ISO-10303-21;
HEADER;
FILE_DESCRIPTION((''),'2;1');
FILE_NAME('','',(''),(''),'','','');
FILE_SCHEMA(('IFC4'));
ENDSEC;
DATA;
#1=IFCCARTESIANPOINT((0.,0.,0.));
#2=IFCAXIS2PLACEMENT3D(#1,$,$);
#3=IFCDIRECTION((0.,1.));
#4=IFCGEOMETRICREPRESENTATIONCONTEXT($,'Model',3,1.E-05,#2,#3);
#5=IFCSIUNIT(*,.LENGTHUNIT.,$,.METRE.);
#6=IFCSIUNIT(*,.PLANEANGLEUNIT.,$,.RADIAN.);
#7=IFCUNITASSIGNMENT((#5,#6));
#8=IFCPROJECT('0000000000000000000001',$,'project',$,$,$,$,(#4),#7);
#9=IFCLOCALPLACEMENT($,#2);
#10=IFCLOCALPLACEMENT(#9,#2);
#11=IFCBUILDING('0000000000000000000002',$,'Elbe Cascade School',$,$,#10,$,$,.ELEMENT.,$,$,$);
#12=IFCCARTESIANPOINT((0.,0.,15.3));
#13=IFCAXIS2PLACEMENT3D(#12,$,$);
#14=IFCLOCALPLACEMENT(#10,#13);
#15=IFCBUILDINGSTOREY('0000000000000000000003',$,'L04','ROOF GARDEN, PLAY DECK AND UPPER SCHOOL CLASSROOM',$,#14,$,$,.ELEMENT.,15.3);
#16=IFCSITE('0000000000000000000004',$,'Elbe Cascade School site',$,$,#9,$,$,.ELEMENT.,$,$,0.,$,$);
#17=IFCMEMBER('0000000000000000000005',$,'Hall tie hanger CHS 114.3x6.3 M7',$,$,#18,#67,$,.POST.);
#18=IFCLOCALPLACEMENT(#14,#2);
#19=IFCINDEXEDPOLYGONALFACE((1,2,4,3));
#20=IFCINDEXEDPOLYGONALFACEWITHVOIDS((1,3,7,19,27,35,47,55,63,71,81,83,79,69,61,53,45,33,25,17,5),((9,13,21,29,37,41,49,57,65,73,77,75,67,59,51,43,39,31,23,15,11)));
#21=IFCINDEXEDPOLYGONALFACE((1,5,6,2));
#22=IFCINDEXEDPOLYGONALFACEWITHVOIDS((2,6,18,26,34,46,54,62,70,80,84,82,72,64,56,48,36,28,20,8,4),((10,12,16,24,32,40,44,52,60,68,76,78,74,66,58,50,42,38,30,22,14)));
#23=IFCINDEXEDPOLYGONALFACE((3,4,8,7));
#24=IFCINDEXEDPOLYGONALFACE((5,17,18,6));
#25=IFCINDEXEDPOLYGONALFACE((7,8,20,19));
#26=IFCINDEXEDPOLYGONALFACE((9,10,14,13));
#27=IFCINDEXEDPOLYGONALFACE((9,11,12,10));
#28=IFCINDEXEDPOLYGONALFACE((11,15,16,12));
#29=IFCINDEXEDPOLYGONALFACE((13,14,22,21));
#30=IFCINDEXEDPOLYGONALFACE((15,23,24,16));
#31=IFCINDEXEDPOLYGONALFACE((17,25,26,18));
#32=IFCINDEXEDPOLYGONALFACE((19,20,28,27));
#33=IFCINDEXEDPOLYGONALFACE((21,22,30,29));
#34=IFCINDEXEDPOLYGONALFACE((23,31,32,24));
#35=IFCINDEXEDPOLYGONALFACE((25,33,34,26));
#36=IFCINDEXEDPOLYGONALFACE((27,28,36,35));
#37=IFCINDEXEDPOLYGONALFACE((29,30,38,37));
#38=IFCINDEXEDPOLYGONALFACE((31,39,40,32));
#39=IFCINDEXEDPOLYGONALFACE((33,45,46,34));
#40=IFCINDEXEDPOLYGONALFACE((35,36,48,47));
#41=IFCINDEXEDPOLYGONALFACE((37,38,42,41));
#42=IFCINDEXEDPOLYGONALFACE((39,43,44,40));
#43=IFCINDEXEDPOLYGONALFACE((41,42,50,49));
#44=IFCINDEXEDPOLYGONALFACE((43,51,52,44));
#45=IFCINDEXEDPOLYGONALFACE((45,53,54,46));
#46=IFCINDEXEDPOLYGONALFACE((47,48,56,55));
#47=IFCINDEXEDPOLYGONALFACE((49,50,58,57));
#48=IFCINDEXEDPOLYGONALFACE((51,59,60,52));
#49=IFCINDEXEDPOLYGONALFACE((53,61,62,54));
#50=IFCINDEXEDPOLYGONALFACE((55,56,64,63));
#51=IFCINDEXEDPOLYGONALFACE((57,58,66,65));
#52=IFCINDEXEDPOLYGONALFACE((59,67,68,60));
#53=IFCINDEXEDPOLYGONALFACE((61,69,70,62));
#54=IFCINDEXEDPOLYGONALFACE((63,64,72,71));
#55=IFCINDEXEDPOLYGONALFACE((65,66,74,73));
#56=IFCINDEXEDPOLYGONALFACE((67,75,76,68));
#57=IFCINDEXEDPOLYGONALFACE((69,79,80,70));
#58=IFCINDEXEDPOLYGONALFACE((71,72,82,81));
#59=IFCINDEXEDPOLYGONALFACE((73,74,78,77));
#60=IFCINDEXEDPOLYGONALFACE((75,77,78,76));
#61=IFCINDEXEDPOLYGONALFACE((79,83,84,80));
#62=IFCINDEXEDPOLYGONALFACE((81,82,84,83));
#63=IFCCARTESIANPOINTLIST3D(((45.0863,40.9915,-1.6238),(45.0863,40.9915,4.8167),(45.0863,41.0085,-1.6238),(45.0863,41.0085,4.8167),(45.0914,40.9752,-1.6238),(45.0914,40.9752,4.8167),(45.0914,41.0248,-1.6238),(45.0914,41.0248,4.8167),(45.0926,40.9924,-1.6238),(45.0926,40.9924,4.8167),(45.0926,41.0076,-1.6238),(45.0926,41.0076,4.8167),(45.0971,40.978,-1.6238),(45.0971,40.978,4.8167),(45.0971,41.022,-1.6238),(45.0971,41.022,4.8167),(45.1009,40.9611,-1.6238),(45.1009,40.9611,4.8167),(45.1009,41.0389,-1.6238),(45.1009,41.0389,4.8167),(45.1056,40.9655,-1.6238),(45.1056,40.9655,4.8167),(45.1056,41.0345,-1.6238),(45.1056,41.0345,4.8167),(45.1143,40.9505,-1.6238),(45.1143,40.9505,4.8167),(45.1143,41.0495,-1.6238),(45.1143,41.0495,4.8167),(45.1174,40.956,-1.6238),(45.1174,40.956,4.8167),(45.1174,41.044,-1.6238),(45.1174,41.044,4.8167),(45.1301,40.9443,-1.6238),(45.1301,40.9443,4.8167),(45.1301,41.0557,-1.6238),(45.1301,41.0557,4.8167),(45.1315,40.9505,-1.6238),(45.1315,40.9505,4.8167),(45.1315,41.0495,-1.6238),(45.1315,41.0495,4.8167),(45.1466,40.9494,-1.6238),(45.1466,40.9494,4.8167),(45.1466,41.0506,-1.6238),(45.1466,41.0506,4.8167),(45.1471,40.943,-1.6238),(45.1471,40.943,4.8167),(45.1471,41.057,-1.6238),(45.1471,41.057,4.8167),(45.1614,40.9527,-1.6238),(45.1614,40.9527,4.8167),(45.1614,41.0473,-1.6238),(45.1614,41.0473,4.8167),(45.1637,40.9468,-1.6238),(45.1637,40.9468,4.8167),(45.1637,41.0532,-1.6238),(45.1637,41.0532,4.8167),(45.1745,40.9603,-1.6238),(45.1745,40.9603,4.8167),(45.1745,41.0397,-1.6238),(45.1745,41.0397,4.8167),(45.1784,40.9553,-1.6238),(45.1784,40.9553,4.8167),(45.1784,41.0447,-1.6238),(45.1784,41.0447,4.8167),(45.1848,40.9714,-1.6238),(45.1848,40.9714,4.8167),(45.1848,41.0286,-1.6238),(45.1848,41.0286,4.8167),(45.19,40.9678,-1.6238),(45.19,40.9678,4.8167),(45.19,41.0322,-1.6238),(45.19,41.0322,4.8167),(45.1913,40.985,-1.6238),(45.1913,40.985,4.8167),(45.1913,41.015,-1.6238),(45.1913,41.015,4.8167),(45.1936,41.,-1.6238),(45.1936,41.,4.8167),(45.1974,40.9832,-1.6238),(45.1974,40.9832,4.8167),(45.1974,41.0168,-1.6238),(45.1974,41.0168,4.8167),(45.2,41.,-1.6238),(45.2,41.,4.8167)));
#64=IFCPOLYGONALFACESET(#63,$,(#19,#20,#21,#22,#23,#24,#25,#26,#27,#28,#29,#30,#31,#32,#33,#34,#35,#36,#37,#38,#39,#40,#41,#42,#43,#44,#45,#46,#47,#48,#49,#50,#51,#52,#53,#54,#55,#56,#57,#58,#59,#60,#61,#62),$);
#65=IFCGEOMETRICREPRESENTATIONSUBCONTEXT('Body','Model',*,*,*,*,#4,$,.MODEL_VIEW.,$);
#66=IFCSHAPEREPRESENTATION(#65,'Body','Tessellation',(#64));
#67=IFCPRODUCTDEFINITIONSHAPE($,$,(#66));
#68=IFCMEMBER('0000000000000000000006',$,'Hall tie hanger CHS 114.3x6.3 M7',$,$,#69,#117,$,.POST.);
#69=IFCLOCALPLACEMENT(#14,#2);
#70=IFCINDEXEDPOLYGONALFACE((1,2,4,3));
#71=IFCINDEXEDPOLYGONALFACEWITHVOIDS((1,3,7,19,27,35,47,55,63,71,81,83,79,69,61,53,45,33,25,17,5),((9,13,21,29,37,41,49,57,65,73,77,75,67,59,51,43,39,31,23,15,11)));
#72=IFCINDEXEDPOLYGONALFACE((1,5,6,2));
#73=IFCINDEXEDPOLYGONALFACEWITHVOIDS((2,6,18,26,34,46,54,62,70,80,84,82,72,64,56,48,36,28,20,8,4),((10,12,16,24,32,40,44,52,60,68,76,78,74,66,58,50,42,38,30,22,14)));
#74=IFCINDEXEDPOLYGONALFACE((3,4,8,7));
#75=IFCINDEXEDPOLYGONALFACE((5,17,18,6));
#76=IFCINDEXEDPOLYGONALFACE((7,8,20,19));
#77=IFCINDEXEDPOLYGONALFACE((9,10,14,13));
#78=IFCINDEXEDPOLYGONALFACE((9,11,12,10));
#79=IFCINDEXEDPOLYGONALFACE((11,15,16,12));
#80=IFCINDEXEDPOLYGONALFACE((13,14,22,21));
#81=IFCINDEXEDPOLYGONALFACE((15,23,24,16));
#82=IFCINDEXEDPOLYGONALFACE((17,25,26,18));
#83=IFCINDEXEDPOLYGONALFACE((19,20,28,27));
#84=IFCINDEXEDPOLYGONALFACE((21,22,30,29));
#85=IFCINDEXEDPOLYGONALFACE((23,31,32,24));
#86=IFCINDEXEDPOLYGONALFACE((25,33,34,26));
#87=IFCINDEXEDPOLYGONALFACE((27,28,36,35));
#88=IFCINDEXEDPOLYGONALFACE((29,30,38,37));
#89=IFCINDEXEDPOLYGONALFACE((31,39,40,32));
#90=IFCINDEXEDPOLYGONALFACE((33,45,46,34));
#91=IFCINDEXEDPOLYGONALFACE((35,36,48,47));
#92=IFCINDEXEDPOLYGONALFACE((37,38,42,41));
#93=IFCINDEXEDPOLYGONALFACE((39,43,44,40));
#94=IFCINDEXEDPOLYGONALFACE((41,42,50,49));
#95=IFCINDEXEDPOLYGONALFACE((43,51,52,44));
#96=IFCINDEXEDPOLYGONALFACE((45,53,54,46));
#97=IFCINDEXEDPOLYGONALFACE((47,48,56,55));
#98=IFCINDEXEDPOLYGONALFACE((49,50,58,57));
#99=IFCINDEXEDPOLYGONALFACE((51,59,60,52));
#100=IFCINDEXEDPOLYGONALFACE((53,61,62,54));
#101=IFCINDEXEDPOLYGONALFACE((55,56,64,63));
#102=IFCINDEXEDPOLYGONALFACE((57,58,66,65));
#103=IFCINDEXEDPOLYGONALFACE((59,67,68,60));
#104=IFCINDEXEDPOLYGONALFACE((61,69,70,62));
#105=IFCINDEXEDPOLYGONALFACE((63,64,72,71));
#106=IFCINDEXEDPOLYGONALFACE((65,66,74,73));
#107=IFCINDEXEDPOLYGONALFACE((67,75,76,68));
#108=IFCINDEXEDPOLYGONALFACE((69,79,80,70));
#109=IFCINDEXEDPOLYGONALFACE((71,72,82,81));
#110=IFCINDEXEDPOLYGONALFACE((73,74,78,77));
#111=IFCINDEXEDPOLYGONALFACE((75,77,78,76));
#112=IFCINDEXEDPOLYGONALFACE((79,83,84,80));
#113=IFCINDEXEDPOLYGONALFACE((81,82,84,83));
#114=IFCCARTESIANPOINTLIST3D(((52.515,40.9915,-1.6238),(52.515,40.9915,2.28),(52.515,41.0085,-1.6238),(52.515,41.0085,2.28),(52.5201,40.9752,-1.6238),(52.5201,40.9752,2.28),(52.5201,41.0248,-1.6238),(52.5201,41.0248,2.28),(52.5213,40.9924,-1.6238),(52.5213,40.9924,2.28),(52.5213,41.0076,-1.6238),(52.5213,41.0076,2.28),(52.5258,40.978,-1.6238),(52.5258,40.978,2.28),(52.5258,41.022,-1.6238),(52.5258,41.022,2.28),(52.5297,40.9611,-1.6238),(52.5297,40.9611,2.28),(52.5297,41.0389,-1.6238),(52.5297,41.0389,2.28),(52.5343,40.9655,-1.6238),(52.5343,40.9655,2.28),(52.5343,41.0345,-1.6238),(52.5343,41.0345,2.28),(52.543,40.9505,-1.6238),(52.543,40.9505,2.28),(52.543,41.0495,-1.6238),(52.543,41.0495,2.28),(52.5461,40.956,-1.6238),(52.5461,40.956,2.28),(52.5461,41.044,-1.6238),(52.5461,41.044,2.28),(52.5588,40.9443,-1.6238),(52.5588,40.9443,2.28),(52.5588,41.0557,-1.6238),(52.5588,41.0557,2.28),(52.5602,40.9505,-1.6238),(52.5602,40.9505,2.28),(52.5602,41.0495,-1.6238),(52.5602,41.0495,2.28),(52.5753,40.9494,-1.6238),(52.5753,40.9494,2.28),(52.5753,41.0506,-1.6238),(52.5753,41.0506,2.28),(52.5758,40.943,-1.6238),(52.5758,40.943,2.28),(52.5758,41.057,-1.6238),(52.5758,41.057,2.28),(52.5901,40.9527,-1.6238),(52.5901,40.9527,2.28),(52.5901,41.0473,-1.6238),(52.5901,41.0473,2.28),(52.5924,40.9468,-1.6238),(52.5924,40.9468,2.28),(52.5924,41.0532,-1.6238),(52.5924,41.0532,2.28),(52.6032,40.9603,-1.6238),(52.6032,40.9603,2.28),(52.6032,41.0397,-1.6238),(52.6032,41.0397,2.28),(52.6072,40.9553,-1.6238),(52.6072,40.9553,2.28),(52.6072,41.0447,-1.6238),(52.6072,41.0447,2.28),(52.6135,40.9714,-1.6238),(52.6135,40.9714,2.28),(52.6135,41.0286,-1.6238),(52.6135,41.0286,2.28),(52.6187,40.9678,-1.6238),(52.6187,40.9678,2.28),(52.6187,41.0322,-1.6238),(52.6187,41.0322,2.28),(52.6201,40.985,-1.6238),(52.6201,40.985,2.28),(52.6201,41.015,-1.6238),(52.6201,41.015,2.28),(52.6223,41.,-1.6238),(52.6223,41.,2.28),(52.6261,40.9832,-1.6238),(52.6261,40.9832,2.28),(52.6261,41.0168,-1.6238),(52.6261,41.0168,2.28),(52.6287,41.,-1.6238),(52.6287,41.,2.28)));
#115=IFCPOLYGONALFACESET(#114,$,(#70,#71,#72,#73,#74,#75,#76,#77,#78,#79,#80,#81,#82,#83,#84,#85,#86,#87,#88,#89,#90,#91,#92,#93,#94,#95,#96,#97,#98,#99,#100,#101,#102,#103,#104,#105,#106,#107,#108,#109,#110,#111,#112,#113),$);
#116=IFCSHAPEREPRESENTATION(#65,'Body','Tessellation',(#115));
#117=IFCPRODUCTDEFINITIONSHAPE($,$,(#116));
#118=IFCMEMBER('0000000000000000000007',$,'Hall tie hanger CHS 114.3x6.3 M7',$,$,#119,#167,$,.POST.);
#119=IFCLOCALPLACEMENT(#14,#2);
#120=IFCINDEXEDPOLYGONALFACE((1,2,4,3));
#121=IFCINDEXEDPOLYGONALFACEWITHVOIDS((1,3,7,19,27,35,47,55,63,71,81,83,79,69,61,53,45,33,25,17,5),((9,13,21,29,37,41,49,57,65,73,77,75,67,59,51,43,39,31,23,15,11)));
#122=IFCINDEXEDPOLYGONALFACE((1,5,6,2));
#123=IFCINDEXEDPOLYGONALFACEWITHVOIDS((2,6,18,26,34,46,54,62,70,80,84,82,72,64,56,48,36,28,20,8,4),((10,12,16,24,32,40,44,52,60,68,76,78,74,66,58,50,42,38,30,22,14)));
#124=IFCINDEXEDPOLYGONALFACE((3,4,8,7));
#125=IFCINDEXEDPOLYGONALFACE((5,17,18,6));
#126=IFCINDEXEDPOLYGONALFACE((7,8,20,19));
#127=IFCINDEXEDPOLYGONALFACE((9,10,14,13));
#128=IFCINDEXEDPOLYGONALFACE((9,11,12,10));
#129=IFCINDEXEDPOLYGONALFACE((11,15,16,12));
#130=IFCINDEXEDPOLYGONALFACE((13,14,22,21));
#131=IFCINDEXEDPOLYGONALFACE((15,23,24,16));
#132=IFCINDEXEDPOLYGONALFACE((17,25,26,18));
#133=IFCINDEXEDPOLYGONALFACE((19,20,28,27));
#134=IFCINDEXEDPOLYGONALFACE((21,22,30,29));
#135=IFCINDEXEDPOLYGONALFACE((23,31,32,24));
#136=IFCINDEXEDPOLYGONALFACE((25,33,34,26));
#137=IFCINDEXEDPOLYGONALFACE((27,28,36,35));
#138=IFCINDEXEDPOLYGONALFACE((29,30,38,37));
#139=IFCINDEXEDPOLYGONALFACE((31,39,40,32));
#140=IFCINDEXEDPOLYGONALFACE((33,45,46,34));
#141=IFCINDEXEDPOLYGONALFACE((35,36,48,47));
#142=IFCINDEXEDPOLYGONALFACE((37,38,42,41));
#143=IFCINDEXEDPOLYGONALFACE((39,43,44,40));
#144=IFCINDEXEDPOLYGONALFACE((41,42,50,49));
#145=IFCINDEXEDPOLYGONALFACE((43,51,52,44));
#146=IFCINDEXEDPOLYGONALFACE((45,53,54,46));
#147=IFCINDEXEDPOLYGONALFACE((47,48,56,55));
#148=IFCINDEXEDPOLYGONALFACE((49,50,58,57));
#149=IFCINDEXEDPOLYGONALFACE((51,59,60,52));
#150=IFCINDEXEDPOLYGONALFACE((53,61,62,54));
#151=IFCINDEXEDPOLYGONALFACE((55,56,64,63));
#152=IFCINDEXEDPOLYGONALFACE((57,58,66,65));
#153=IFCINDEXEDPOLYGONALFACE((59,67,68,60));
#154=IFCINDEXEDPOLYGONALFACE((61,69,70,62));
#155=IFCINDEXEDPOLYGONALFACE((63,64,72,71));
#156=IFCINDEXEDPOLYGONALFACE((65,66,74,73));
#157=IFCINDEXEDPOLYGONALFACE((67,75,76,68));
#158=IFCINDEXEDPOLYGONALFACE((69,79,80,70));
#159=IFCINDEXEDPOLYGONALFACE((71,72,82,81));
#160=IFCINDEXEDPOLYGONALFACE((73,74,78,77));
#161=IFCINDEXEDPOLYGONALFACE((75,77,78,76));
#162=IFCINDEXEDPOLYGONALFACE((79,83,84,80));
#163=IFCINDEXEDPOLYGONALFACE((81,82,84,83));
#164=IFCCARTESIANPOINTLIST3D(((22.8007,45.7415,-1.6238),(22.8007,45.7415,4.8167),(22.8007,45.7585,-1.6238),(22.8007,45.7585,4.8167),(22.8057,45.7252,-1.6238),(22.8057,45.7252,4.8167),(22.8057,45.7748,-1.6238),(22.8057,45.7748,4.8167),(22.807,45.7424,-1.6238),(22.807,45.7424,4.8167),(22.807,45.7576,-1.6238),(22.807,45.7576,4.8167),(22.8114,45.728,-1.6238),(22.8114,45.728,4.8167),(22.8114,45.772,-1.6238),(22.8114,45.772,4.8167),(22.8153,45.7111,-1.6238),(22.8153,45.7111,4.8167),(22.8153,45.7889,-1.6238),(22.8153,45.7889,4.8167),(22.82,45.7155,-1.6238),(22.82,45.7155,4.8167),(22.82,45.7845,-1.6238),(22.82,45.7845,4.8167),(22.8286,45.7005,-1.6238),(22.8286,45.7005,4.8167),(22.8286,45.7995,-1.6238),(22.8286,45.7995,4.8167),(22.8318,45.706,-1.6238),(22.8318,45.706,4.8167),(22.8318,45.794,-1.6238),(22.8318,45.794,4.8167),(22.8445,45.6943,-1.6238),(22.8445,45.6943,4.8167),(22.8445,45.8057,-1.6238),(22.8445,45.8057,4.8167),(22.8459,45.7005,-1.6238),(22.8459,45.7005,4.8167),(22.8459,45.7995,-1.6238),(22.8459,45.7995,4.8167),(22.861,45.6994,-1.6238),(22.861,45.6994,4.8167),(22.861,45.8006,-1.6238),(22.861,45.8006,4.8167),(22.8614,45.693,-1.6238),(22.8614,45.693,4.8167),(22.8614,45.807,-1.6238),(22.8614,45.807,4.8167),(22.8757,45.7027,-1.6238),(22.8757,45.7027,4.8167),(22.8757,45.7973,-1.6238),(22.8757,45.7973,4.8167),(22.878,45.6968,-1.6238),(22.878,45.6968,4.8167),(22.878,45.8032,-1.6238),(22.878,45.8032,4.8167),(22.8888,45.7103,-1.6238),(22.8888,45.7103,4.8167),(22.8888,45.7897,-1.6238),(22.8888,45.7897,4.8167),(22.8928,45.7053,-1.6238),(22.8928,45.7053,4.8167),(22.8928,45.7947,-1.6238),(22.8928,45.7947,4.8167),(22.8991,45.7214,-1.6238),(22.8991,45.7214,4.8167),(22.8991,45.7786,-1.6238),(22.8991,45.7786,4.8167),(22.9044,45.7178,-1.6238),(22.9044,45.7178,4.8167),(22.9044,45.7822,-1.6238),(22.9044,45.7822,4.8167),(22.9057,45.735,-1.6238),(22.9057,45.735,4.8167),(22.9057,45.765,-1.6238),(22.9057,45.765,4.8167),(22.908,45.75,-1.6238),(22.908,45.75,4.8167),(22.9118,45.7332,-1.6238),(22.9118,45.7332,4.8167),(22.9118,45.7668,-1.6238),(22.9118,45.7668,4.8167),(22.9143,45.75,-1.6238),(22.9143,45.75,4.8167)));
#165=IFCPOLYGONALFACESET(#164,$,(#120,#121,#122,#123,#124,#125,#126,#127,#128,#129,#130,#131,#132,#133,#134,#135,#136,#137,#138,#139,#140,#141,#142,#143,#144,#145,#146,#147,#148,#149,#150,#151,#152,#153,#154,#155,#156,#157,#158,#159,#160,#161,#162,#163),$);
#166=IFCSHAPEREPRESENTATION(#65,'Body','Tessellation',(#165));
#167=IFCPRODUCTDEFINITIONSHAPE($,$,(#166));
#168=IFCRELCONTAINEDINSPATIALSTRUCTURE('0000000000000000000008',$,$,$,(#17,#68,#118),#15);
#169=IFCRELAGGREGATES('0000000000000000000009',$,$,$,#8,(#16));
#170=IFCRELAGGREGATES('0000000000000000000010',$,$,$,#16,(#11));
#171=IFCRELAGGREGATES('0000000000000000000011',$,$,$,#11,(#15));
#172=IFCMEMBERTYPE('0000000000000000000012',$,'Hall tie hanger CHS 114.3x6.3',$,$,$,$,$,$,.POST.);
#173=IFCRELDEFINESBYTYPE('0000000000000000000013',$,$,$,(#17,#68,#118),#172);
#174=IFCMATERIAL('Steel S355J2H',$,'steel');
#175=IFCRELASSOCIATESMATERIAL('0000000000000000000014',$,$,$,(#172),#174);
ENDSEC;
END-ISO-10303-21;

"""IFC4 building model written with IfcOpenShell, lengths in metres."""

from ifc_helpers import new_model, si_unit, direction, frame, origin, origin_2d, place, context, subcontext, project, spatial, hollow_circle, extrude, material, material_profile, profile_set, type_object, element, save


model = new_model("IFC4")

# Units and contexts
model_context = context("Model", 3, precision=1e-05, world=origin(), true_north=direction((0.0, 1.0)))
body_context = subcontext(model_context, "Body", "Model", "MODEL_VIEW")
ifc_project = project(units=[si_unit("LENGTHUNIT", "METRE"), si_unit("PLANEANGLEUNIT", "RADIAN")], contexts=[model_context])

# Site, building, storey
site_placement = place(None, origin())
site = spatial("IfcSite", under=ifc_project, at=site_placement, Name="Elbe Cascade School site", CompositionType="ELEMENT", RefElevation=0.0)
building_placement = place(site_placement, origin())
building = spatial("IfcBuilding", under=site, at=building_placement, Name="Elbe Cascade School", CompositionType="ELEMENT")
storey_placement = place(building_placement, frame((0.0, 0.0, 15.3)))
storey = spatial("IfcBuildingStorey", under=building, at=storey_placement, Name="L04", Description="ROOF GARDEN, PLAY DECK AND UPPER SCHOOL CLASSROOM", CompositionType="ELEMENT", Elevation=15.3)

# Members
ifc_material_1 = material(Name="Steel S355J2H", Category="steel")
ifc_material_profile_1 = material_profile(ifc_material_1, hollow_circle(Radius=0.0571, WallThickness=0.0063, at=origin_2d()), Name="CHS 114.3x6.3")
ifc_profile_set_1 = profile_set([ifc_material_profile_1], Name="Steel S355J2H")
member_type_1 = type_object("IfcMemberType", Name="Hall tie hanger CHS 114.3x6.3", PredefinedType="POST", material=ifc_profile_set_1)
member_1_placement = place(storey_placement, frame((45.1428, 41.0, -1.6238), z_axis=(0.0, 0.0, 1.0), x_axis=(1.0, 0.0, 0.0)))
element("IfcMember", 1, at=member_1_placement, inside=storey, type_object=member_type_1, Name="Hall tie hanger CHS 114.3x6.3 M7", PredefinedType="POST", context=body_context, shape_type="SweptSolid", body=[
    extrude(hollow_circle(Radius=0.0571, WallThickness=0.0063, at=origin_2d()), origin(), (0.0, 0.0, 1.0), 6.4404),
])
member_2_placement = place(storey_placement, frame((52.5715, 41.0, -1.6238), z_axis=(0.0, 0.0, 1.0), x_axis=(1.0, 0.0, 0.0)))
element("IfcMember", 2, at=member_2_placement, inside=storey, type_object=member_type_1, Name="Hall tie hanger CHS 114.3x6.3 M7", PredefinedType="POST", context=body_context, shape_type="SweptSolid", body=[
    extrude(hollow_circle(Radius=0.0571, WallThickness=0.0063, at=origin_2d()), origin(), (0.0, 0.0, 1.0), 3.9038),
])
member_3_placement = place(storey_placement, frame((22.8572, 45.75, -1.6238), z_axis=(0.0, 0.0, 1.0), x_axis=(1.0, 0.0, 0.0)))
element("IfcMember", 3, at=member_3_placement, inside=storey, type_object=member_type_1, Name="Hall tie hanger CHS 114.3x6.3 M7", PredefinedType="POST", context=body_context, shape_type="SweptSolid", body=[
    extrude(hollow_circle(Radius=0.0571, WallThickness=0.0063, at=origin_2d()), origin(), (0.0, 0.0, 1.0), 6.4404),
])

save(model, "model.ifc")
